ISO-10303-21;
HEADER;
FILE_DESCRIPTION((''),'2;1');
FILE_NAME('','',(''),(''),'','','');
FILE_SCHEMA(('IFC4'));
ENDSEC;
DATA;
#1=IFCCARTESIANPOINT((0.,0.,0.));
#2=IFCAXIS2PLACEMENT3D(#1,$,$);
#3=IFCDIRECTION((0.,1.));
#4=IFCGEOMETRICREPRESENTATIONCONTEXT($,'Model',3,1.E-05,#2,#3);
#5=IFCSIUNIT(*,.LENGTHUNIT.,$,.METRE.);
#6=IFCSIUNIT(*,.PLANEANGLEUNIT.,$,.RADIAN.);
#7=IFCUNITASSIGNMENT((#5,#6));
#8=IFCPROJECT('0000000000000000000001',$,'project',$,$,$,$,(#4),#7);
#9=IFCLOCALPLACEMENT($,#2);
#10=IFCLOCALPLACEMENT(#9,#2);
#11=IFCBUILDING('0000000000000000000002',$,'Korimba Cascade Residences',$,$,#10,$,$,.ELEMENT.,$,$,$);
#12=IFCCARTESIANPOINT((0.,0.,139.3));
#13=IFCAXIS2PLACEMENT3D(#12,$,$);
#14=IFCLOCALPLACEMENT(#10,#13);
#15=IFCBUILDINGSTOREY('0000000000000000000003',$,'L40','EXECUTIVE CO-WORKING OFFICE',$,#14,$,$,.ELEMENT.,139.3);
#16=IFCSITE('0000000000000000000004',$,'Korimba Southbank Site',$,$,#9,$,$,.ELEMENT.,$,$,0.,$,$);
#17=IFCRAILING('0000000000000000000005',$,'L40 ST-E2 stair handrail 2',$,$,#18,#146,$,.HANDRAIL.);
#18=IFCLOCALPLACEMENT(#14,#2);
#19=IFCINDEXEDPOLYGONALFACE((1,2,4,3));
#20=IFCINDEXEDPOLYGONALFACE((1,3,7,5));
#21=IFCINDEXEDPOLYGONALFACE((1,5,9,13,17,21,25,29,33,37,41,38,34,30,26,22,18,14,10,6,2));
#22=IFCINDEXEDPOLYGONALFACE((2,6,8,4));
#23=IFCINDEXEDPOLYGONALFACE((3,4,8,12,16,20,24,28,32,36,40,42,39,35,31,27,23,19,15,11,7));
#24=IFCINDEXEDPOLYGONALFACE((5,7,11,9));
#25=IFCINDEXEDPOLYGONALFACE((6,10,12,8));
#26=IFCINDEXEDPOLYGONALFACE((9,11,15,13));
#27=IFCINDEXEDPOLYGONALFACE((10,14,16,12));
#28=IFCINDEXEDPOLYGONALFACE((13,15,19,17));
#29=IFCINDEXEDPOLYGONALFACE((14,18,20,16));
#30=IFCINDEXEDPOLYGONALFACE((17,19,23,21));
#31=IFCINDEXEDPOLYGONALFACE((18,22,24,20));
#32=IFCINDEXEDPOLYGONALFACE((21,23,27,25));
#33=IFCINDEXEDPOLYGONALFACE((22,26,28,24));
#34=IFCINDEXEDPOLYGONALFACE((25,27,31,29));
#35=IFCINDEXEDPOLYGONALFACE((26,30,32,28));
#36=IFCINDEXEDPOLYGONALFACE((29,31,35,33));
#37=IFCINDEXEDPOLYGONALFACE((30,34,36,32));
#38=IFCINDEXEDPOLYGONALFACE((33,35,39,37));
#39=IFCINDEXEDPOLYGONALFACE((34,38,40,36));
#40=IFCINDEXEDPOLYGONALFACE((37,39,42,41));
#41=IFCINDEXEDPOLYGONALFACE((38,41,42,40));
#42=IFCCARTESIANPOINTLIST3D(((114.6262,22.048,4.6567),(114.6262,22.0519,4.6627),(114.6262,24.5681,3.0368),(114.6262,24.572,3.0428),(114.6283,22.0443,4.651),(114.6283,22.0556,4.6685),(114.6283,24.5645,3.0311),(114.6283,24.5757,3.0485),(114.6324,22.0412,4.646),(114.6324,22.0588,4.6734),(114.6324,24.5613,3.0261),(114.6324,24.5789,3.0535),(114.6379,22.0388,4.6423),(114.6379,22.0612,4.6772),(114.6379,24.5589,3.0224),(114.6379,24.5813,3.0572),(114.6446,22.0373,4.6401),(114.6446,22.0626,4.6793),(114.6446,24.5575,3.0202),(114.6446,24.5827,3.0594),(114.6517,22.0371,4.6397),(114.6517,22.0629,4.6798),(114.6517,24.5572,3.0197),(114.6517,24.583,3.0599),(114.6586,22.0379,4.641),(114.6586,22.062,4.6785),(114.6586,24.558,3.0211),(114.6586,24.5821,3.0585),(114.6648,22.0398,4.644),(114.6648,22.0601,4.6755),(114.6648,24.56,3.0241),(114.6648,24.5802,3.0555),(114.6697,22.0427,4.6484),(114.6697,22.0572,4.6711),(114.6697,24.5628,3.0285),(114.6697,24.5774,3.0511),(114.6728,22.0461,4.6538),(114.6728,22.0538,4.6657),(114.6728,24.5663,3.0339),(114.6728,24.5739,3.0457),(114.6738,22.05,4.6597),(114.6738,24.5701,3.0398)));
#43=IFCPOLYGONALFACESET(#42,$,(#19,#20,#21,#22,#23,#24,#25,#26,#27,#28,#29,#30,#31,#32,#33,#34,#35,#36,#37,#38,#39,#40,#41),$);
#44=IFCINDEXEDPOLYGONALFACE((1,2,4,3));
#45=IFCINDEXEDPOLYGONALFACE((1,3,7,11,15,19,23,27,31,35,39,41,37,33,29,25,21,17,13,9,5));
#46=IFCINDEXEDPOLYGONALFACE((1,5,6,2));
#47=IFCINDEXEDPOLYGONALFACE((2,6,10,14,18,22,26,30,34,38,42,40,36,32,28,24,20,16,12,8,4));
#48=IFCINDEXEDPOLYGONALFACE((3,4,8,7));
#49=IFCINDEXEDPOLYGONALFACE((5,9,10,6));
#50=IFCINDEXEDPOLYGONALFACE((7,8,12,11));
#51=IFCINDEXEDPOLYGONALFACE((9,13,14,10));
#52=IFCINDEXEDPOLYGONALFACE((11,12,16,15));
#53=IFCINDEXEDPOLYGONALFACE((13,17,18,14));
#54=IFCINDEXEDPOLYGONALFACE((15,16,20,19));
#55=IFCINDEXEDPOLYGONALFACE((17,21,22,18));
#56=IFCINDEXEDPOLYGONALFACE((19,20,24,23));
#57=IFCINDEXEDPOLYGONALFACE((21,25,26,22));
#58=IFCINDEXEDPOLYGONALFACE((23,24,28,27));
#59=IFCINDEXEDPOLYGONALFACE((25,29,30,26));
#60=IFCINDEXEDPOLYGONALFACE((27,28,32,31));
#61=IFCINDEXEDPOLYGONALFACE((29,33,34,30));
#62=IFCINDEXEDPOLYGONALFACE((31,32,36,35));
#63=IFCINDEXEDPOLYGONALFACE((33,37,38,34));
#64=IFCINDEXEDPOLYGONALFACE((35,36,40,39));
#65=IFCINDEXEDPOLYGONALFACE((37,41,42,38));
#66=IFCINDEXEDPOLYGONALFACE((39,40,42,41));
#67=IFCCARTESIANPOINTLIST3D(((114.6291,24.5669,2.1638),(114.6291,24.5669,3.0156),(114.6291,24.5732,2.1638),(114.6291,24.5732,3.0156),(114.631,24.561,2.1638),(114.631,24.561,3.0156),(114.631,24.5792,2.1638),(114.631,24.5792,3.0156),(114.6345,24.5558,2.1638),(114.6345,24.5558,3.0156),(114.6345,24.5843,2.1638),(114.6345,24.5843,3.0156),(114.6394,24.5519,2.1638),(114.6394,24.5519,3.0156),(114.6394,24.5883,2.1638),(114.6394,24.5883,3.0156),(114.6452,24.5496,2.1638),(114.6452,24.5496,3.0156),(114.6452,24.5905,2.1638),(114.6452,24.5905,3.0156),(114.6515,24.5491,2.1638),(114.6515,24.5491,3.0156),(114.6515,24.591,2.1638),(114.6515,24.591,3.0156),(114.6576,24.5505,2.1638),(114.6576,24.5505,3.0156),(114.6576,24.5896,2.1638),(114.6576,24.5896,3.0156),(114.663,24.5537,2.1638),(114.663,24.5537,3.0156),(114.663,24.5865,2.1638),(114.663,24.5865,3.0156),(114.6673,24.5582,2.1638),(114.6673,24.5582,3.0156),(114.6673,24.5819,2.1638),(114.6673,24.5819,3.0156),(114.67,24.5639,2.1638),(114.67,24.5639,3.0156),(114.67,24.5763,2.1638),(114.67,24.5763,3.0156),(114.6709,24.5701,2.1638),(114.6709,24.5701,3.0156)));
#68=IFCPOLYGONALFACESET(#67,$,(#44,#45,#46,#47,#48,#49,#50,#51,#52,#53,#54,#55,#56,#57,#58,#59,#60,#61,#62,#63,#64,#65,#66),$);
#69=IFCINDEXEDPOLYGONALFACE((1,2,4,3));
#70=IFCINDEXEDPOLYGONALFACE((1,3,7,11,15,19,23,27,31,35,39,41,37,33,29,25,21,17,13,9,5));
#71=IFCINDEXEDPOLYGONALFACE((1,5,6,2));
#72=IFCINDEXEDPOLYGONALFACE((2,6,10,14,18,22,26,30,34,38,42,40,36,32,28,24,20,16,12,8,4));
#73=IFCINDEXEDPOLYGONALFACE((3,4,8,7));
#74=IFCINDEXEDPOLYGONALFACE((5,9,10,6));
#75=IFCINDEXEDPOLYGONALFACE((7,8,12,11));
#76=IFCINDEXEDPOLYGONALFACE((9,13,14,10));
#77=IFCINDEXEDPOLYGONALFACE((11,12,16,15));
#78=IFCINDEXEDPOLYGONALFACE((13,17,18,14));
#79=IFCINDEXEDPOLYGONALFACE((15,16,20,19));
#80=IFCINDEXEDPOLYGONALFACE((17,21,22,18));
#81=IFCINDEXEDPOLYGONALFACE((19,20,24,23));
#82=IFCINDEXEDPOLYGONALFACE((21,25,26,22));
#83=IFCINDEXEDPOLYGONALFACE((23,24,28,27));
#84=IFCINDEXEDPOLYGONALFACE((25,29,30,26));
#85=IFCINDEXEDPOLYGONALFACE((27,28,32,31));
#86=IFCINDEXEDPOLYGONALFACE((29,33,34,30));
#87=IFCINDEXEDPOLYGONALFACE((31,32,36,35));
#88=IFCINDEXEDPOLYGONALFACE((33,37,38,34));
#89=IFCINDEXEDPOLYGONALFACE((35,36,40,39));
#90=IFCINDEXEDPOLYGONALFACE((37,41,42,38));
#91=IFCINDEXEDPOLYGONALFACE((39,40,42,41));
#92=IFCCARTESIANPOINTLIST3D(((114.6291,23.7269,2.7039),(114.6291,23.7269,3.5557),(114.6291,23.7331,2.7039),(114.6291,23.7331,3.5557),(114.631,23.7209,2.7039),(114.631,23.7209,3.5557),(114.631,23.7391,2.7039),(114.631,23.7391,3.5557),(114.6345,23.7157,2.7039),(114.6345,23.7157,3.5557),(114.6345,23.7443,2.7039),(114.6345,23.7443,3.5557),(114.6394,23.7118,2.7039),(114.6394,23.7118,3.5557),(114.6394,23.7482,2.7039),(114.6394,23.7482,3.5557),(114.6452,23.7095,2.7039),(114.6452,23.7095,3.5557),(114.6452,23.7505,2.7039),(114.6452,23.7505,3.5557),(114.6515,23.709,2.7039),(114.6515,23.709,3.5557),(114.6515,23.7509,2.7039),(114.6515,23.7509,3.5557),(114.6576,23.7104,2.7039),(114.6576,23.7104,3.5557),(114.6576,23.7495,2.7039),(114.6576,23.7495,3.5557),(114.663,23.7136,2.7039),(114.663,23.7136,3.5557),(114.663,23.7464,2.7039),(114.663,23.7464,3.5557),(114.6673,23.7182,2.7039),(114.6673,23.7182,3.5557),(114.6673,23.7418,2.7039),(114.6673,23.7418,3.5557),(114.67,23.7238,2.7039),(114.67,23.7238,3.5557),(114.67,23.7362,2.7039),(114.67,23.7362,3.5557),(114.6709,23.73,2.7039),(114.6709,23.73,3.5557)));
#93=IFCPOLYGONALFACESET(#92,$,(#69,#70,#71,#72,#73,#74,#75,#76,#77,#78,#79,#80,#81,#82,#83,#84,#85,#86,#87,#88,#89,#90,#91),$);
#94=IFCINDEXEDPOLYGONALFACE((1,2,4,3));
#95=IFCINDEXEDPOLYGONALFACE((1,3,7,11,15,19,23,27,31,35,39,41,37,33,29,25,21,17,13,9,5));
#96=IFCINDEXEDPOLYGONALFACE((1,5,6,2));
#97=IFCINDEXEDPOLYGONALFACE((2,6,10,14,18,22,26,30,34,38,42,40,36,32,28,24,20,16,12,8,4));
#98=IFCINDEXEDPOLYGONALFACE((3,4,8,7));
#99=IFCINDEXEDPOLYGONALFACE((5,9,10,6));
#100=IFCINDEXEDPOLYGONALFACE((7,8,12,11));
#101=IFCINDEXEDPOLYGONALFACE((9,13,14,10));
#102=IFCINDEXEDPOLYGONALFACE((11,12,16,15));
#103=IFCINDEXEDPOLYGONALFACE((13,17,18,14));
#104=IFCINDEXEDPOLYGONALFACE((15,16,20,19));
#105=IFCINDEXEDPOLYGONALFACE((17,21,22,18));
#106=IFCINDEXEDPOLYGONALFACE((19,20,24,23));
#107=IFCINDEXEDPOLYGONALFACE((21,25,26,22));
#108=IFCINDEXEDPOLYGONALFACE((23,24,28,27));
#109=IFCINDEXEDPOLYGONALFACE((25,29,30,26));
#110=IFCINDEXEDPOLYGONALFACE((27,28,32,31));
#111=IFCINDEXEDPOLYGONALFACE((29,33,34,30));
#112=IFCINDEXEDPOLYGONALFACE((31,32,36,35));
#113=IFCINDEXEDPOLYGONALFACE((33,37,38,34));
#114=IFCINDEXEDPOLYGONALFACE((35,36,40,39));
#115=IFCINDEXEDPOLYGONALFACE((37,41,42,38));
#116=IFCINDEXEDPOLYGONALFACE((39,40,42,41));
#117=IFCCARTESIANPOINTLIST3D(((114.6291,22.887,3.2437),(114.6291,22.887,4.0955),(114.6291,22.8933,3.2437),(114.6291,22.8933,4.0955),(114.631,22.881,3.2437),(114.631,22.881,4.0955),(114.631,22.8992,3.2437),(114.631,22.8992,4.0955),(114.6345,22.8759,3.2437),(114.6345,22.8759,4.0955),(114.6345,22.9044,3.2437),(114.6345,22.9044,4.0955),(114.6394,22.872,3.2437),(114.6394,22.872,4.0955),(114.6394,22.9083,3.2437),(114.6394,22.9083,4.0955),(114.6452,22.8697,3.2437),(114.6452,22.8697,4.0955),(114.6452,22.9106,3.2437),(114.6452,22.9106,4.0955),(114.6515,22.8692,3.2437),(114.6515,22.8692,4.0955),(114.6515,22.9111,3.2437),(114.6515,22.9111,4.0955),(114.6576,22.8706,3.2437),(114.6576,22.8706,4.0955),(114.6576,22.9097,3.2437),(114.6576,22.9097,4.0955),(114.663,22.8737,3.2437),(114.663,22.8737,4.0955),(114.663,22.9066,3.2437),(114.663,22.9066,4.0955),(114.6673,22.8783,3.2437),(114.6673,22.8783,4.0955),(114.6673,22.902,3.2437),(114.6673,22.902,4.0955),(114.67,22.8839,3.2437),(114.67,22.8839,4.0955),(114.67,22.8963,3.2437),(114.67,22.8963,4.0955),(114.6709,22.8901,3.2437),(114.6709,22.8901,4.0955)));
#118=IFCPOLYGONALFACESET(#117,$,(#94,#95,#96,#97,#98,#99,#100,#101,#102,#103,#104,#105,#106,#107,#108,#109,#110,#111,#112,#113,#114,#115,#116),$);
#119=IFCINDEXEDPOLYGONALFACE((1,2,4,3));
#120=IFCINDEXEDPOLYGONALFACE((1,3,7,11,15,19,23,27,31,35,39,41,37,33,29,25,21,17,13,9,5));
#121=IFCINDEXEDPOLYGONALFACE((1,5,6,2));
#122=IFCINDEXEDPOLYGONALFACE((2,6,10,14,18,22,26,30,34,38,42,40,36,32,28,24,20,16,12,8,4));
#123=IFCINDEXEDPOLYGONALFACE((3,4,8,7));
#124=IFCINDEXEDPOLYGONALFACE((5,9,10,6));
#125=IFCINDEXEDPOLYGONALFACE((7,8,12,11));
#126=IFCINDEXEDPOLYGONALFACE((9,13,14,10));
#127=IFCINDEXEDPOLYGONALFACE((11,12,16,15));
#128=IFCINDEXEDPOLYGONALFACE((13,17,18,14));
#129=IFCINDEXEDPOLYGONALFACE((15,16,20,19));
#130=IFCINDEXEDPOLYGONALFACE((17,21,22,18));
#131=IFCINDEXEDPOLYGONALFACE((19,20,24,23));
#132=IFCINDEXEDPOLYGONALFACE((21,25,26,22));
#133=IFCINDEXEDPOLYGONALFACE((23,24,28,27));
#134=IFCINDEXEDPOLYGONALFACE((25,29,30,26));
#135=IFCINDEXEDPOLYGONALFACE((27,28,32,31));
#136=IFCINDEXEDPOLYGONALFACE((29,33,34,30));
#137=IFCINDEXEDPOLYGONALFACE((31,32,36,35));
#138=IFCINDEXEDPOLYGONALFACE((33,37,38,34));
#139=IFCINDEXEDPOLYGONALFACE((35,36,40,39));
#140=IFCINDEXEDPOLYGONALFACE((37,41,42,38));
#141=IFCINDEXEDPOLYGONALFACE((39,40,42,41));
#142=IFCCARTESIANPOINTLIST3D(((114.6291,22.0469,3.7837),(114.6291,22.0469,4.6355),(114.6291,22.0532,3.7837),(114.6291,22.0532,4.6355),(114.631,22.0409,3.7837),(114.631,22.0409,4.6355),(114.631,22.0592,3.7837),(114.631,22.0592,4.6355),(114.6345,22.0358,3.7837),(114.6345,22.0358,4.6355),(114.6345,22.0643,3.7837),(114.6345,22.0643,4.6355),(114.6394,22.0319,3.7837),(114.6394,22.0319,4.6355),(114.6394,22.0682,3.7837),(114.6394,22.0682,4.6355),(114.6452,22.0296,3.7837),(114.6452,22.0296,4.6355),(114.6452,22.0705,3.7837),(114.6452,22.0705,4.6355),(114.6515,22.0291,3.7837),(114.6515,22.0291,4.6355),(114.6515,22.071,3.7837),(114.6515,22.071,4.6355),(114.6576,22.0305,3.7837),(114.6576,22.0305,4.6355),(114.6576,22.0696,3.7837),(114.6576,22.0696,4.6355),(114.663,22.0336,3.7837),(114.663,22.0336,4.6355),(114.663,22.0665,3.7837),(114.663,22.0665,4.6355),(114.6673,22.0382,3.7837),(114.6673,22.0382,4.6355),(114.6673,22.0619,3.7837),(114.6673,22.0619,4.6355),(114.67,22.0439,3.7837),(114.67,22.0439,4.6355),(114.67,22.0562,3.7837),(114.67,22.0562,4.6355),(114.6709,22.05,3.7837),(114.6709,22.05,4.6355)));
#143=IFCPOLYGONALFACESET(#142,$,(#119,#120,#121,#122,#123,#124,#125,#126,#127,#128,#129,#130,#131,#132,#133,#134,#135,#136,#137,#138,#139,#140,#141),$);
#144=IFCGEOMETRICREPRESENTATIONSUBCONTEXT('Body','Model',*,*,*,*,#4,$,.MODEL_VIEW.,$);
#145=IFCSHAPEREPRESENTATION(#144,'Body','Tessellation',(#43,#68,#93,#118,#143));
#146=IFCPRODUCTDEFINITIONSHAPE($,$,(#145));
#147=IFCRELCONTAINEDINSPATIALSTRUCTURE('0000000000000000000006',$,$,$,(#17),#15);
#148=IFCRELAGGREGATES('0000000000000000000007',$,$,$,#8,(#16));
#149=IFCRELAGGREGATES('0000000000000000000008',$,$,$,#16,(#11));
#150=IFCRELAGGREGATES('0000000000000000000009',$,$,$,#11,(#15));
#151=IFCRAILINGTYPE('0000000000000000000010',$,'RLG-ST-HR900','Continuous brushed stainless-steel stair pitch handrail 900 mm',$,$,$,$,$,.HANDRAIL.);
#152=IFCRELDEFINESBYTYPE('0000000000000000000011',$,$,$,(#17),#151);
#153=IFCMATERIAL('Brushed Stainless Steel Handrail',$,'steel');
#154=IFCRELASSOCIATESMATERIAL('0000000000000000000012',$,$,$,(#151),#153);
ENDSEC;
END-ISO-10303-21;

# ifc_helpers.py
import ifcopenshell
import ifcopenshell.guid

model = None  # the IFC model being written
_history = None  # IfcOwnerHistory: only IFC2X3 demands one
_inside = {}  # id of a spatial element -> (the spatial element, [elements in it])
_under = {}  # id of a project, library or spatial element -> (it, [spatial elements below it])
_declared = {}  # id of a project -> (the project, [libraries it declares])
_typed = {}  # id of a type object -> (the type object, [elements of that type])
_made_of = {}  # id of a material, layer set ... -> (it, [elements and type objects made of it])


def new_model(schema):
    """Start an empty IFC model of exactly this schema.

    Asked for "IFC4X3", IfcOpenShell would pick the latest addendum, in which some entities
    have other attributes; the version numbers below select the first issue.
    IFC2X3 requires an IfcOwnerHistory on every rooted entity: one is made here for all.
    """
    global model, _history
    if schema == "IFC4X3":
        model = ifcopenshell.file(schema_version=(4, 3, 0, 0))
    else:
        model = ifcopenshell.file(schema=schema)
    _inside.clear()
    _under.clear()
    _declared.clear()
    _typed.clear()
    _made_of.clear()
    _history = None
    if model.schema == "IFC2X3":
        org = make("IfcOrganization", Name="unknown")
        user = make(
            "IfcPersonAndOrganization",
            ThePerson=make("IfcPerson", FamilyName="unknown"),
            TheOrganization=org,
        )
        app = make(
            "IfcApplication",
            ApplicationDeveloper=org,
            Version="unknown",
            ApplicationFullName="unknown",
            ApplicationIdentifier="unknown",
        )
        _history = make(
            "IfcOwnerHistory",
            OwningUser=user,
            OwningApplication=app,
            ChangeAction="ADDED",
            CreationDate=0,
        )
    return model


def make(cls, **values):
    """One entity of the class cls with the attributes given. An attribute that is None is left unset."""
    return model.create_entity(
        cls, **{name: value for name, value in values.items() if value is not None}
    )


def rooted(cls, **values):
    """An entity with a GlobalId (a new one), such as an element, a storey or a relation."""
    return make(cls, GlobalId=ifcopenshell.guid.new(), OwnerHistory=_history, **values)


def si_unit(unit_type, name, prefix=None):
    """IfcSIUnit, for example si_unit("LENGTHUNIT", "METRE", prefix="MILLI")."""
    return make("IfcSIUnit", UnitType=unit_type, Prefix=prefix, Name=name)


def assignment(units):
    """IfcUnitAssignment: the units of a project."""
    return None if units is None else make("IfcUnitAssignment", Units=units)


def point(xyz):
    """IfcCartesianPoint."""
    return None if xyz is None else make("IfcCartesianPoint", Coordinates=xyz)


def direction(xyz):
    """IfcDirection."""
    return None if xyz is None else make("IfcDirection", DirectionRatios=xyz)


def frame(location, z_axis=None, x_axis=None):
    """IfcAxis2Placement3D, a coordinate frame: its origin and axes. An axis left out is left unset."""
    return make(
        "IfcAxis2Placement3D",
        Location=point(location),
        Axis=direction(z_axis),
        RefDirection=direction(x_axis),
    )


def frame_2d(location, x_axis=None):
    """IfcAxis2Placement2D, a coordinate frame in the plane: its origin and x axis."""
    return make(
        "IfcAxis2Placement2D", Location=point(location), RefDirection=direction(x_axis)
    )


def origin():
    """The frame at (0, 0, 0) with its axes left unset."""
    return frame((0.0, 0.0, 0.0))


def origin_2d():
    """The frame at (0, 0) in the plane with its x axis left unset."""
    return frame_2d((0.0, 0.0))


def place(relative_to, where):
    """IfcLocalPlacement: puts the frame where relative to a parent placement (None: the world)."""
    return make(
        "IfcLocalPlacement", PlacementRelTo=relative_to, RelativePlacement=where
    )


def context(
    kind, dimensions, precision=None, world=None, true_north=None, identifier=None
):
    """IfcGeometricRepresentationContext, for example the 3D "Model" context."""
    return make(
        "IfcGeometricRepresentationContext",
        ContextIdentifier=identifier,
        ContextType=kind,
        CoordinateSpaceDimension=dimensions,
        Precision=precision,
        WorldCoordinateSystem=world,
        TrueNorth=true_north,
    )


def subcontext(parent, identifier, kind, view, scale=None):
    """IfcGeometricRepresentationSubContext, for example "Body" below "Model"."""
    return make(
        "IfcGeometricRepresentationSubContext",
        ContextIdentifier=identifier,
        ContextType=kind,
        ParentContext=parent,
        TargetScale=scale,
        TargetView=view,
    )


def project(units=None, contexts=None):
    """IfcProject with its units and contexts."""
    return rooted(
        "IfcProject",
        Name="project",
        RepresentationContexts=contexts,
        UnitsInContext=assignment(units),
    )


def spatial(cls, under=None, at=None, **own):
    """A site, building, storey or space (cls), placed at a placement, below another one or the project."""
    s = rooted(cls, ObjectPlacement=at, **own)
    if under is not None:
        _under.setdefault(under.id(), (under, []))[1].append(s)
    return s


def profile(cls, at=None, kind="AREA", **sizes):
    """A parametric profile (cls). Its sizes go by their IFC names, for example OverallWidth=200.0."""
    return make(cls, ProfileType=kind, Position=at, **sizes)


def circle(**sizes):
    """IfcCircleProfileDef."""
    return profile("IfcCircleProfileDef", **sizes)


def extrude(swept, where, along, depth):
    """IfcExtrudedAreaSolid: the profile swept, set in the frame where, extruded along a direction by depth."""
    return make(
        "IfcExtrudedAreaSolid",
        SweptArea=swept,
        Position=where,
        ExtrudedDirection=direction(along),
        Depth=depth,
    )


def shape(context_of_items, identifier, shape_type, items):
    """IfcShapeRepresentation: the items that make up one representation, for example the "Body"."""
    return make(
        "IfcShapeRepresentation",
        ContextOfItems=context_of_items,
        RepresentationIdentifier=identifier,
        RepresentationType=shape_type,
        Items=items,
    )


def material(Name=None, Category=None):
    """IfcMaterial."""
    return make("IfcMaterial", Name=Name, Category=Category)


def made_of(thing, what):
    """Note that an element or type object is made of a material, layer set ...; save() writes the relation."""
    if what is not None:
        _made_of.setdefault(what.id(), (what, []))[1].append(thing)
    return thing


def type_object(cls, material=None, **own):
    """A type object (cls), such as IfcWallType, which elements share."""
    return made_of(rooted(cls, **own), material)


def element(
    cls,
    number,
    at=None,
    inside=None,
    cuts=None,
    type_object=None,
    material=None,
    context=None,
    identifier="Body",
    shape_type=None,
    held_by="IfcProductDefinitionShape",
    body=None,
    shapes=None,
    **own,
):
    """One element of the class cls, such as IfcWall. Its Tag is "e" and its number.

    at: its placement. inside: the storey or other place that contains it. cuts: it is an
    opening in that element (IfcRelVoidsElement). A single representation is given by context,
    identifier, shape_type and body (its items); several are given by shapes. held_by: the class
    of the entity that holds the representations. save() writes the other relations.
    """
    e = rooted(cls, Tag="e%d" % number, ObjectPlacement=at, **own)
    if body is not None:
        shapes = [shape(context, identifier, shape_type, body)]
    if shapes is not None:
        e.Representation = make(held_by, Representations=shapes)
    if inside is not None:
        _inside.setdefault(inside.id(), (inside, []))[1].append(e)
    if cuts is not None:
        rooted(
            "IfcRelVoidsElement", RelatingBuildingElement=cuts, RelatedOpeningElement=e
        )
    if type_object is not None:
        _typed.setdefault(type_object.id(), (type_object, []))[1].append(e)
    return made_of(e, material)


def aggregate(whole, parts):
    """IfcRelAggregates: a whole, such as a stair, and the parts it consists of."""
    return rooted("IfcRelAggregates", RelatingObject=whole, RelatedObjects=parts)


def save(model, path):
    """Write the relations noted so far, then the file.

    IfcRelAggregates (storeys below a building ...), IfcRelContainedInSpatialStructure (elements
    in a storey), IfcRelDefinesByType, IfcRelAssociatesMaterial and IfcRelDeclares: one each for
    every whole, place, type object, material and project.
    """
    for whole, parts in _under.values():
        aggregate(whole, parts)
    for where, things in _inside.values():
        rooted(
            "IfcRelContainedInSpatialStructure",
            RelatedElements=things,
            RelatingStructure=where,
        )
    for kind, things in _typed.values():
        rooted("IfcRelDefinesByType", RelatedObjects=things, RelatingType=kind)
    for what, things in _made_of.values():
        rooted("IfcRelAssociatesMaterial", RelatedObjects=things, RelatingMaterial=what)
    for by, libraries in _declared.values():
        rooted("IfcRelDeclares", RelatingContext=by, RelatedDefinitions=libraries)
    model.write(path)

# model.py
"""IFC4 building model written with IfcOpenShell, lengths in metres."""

from ifc_helpers import new_model, si_unit, direction, frame, origin, origin_2d, place, context, subcontext, project, spatial, circle, extrude, material, type_object, element, save


model = new_model("IFC4")

# Units and contexts
model_context = context("Model", 3, precision=1e-05, world=origin(), true_north=direction((0.0, 1.0)))
body_context = subcontext(model_context, "Body", "Model", "MODEL_VIEW")
ifc_project = project(units=[si_unit("LENGTHUNIT", "METRE"), si_unit("PLANEANGLEUNIT", "RADIAN")], contexts=[model_context])

# Site, building, storey
site_placement = place(None, origin())
site = spatial("IfcSite", under=ifc_project, at=site_placement, Name="Korimba Southbank Site", CompositionType="ELEMENT", RefElevation=0.0)
building_placement = place(site_placement, origin())
building = spatial("IfcBuilding", under=site, at=building_placement, Name="Korimba Cascade Residences", CompositionType="ELEMENT")
storey_placement = place(building_placement, frame((0.0, 0.0, 139.3)))
storey = spatial("IfcBuildingStorey", under=building, at=storey_placement, Name="L40", Description="EXECUTIVE CO-WORKING OFFICE", CompositionType="ELEMENT", Elevation=139.3)

# Railing
ifc_material_1 = material(Name="Brushed Stainless Steel Handrail", Category="steel")
railing_type_1 = type_object("IfcRailingType", Name="RLG-ST-HR900", Description="Continuous brushed stainless-steel stair pitch handrail 900 mm", PredefinedType="HANDRAIL", material=ifc_material_1)
railing_1_placement = place(storey_placement, frame((114.6499, 24.5701, 2.1638)))
element("IfcRailing", 1, at=railing_1_placement, inside=storey, type_object=railing_type_1, Name="L40 ST-E2 stair handrail 2", PredefinedType="HANDRAIL", context=body_context, shape_type="SweptSolid", body=[
    extrude(circle(Radius=0.0239, at=origin_2d()), frame((0.0, 0.0, 0.876), z_axis=(0.0, -0.8412, 0.540725), x_axis=(1.0, 0.0, 0.0)), (0.0, 0.0, 1.0), 2.9958),
    extrude(circle(Radius=0.021, at=origin_2d()), origin(), (0.0, 0.0, 1.0), 0.8518),
    extrude(circle(Radius=0.021, at=origin_2d()), frame((0.0, -0.8401, 0.54)), (0.0, 0.0, 1.0), 0.8518),
    extrude(circle(Radius=0.021, at=origin_2d()), frame((0.0, -1.6799, 1.0798)), (0.0, 0.0, 1.0), 0.8518),
    extrude(circle(Radius=0.021, at=origin_2d()), frame((0.0, -2.52, 1.6199)), (0.0, 0.0, 1.0), 0.8518),
])

save(model, "model.ifc")
